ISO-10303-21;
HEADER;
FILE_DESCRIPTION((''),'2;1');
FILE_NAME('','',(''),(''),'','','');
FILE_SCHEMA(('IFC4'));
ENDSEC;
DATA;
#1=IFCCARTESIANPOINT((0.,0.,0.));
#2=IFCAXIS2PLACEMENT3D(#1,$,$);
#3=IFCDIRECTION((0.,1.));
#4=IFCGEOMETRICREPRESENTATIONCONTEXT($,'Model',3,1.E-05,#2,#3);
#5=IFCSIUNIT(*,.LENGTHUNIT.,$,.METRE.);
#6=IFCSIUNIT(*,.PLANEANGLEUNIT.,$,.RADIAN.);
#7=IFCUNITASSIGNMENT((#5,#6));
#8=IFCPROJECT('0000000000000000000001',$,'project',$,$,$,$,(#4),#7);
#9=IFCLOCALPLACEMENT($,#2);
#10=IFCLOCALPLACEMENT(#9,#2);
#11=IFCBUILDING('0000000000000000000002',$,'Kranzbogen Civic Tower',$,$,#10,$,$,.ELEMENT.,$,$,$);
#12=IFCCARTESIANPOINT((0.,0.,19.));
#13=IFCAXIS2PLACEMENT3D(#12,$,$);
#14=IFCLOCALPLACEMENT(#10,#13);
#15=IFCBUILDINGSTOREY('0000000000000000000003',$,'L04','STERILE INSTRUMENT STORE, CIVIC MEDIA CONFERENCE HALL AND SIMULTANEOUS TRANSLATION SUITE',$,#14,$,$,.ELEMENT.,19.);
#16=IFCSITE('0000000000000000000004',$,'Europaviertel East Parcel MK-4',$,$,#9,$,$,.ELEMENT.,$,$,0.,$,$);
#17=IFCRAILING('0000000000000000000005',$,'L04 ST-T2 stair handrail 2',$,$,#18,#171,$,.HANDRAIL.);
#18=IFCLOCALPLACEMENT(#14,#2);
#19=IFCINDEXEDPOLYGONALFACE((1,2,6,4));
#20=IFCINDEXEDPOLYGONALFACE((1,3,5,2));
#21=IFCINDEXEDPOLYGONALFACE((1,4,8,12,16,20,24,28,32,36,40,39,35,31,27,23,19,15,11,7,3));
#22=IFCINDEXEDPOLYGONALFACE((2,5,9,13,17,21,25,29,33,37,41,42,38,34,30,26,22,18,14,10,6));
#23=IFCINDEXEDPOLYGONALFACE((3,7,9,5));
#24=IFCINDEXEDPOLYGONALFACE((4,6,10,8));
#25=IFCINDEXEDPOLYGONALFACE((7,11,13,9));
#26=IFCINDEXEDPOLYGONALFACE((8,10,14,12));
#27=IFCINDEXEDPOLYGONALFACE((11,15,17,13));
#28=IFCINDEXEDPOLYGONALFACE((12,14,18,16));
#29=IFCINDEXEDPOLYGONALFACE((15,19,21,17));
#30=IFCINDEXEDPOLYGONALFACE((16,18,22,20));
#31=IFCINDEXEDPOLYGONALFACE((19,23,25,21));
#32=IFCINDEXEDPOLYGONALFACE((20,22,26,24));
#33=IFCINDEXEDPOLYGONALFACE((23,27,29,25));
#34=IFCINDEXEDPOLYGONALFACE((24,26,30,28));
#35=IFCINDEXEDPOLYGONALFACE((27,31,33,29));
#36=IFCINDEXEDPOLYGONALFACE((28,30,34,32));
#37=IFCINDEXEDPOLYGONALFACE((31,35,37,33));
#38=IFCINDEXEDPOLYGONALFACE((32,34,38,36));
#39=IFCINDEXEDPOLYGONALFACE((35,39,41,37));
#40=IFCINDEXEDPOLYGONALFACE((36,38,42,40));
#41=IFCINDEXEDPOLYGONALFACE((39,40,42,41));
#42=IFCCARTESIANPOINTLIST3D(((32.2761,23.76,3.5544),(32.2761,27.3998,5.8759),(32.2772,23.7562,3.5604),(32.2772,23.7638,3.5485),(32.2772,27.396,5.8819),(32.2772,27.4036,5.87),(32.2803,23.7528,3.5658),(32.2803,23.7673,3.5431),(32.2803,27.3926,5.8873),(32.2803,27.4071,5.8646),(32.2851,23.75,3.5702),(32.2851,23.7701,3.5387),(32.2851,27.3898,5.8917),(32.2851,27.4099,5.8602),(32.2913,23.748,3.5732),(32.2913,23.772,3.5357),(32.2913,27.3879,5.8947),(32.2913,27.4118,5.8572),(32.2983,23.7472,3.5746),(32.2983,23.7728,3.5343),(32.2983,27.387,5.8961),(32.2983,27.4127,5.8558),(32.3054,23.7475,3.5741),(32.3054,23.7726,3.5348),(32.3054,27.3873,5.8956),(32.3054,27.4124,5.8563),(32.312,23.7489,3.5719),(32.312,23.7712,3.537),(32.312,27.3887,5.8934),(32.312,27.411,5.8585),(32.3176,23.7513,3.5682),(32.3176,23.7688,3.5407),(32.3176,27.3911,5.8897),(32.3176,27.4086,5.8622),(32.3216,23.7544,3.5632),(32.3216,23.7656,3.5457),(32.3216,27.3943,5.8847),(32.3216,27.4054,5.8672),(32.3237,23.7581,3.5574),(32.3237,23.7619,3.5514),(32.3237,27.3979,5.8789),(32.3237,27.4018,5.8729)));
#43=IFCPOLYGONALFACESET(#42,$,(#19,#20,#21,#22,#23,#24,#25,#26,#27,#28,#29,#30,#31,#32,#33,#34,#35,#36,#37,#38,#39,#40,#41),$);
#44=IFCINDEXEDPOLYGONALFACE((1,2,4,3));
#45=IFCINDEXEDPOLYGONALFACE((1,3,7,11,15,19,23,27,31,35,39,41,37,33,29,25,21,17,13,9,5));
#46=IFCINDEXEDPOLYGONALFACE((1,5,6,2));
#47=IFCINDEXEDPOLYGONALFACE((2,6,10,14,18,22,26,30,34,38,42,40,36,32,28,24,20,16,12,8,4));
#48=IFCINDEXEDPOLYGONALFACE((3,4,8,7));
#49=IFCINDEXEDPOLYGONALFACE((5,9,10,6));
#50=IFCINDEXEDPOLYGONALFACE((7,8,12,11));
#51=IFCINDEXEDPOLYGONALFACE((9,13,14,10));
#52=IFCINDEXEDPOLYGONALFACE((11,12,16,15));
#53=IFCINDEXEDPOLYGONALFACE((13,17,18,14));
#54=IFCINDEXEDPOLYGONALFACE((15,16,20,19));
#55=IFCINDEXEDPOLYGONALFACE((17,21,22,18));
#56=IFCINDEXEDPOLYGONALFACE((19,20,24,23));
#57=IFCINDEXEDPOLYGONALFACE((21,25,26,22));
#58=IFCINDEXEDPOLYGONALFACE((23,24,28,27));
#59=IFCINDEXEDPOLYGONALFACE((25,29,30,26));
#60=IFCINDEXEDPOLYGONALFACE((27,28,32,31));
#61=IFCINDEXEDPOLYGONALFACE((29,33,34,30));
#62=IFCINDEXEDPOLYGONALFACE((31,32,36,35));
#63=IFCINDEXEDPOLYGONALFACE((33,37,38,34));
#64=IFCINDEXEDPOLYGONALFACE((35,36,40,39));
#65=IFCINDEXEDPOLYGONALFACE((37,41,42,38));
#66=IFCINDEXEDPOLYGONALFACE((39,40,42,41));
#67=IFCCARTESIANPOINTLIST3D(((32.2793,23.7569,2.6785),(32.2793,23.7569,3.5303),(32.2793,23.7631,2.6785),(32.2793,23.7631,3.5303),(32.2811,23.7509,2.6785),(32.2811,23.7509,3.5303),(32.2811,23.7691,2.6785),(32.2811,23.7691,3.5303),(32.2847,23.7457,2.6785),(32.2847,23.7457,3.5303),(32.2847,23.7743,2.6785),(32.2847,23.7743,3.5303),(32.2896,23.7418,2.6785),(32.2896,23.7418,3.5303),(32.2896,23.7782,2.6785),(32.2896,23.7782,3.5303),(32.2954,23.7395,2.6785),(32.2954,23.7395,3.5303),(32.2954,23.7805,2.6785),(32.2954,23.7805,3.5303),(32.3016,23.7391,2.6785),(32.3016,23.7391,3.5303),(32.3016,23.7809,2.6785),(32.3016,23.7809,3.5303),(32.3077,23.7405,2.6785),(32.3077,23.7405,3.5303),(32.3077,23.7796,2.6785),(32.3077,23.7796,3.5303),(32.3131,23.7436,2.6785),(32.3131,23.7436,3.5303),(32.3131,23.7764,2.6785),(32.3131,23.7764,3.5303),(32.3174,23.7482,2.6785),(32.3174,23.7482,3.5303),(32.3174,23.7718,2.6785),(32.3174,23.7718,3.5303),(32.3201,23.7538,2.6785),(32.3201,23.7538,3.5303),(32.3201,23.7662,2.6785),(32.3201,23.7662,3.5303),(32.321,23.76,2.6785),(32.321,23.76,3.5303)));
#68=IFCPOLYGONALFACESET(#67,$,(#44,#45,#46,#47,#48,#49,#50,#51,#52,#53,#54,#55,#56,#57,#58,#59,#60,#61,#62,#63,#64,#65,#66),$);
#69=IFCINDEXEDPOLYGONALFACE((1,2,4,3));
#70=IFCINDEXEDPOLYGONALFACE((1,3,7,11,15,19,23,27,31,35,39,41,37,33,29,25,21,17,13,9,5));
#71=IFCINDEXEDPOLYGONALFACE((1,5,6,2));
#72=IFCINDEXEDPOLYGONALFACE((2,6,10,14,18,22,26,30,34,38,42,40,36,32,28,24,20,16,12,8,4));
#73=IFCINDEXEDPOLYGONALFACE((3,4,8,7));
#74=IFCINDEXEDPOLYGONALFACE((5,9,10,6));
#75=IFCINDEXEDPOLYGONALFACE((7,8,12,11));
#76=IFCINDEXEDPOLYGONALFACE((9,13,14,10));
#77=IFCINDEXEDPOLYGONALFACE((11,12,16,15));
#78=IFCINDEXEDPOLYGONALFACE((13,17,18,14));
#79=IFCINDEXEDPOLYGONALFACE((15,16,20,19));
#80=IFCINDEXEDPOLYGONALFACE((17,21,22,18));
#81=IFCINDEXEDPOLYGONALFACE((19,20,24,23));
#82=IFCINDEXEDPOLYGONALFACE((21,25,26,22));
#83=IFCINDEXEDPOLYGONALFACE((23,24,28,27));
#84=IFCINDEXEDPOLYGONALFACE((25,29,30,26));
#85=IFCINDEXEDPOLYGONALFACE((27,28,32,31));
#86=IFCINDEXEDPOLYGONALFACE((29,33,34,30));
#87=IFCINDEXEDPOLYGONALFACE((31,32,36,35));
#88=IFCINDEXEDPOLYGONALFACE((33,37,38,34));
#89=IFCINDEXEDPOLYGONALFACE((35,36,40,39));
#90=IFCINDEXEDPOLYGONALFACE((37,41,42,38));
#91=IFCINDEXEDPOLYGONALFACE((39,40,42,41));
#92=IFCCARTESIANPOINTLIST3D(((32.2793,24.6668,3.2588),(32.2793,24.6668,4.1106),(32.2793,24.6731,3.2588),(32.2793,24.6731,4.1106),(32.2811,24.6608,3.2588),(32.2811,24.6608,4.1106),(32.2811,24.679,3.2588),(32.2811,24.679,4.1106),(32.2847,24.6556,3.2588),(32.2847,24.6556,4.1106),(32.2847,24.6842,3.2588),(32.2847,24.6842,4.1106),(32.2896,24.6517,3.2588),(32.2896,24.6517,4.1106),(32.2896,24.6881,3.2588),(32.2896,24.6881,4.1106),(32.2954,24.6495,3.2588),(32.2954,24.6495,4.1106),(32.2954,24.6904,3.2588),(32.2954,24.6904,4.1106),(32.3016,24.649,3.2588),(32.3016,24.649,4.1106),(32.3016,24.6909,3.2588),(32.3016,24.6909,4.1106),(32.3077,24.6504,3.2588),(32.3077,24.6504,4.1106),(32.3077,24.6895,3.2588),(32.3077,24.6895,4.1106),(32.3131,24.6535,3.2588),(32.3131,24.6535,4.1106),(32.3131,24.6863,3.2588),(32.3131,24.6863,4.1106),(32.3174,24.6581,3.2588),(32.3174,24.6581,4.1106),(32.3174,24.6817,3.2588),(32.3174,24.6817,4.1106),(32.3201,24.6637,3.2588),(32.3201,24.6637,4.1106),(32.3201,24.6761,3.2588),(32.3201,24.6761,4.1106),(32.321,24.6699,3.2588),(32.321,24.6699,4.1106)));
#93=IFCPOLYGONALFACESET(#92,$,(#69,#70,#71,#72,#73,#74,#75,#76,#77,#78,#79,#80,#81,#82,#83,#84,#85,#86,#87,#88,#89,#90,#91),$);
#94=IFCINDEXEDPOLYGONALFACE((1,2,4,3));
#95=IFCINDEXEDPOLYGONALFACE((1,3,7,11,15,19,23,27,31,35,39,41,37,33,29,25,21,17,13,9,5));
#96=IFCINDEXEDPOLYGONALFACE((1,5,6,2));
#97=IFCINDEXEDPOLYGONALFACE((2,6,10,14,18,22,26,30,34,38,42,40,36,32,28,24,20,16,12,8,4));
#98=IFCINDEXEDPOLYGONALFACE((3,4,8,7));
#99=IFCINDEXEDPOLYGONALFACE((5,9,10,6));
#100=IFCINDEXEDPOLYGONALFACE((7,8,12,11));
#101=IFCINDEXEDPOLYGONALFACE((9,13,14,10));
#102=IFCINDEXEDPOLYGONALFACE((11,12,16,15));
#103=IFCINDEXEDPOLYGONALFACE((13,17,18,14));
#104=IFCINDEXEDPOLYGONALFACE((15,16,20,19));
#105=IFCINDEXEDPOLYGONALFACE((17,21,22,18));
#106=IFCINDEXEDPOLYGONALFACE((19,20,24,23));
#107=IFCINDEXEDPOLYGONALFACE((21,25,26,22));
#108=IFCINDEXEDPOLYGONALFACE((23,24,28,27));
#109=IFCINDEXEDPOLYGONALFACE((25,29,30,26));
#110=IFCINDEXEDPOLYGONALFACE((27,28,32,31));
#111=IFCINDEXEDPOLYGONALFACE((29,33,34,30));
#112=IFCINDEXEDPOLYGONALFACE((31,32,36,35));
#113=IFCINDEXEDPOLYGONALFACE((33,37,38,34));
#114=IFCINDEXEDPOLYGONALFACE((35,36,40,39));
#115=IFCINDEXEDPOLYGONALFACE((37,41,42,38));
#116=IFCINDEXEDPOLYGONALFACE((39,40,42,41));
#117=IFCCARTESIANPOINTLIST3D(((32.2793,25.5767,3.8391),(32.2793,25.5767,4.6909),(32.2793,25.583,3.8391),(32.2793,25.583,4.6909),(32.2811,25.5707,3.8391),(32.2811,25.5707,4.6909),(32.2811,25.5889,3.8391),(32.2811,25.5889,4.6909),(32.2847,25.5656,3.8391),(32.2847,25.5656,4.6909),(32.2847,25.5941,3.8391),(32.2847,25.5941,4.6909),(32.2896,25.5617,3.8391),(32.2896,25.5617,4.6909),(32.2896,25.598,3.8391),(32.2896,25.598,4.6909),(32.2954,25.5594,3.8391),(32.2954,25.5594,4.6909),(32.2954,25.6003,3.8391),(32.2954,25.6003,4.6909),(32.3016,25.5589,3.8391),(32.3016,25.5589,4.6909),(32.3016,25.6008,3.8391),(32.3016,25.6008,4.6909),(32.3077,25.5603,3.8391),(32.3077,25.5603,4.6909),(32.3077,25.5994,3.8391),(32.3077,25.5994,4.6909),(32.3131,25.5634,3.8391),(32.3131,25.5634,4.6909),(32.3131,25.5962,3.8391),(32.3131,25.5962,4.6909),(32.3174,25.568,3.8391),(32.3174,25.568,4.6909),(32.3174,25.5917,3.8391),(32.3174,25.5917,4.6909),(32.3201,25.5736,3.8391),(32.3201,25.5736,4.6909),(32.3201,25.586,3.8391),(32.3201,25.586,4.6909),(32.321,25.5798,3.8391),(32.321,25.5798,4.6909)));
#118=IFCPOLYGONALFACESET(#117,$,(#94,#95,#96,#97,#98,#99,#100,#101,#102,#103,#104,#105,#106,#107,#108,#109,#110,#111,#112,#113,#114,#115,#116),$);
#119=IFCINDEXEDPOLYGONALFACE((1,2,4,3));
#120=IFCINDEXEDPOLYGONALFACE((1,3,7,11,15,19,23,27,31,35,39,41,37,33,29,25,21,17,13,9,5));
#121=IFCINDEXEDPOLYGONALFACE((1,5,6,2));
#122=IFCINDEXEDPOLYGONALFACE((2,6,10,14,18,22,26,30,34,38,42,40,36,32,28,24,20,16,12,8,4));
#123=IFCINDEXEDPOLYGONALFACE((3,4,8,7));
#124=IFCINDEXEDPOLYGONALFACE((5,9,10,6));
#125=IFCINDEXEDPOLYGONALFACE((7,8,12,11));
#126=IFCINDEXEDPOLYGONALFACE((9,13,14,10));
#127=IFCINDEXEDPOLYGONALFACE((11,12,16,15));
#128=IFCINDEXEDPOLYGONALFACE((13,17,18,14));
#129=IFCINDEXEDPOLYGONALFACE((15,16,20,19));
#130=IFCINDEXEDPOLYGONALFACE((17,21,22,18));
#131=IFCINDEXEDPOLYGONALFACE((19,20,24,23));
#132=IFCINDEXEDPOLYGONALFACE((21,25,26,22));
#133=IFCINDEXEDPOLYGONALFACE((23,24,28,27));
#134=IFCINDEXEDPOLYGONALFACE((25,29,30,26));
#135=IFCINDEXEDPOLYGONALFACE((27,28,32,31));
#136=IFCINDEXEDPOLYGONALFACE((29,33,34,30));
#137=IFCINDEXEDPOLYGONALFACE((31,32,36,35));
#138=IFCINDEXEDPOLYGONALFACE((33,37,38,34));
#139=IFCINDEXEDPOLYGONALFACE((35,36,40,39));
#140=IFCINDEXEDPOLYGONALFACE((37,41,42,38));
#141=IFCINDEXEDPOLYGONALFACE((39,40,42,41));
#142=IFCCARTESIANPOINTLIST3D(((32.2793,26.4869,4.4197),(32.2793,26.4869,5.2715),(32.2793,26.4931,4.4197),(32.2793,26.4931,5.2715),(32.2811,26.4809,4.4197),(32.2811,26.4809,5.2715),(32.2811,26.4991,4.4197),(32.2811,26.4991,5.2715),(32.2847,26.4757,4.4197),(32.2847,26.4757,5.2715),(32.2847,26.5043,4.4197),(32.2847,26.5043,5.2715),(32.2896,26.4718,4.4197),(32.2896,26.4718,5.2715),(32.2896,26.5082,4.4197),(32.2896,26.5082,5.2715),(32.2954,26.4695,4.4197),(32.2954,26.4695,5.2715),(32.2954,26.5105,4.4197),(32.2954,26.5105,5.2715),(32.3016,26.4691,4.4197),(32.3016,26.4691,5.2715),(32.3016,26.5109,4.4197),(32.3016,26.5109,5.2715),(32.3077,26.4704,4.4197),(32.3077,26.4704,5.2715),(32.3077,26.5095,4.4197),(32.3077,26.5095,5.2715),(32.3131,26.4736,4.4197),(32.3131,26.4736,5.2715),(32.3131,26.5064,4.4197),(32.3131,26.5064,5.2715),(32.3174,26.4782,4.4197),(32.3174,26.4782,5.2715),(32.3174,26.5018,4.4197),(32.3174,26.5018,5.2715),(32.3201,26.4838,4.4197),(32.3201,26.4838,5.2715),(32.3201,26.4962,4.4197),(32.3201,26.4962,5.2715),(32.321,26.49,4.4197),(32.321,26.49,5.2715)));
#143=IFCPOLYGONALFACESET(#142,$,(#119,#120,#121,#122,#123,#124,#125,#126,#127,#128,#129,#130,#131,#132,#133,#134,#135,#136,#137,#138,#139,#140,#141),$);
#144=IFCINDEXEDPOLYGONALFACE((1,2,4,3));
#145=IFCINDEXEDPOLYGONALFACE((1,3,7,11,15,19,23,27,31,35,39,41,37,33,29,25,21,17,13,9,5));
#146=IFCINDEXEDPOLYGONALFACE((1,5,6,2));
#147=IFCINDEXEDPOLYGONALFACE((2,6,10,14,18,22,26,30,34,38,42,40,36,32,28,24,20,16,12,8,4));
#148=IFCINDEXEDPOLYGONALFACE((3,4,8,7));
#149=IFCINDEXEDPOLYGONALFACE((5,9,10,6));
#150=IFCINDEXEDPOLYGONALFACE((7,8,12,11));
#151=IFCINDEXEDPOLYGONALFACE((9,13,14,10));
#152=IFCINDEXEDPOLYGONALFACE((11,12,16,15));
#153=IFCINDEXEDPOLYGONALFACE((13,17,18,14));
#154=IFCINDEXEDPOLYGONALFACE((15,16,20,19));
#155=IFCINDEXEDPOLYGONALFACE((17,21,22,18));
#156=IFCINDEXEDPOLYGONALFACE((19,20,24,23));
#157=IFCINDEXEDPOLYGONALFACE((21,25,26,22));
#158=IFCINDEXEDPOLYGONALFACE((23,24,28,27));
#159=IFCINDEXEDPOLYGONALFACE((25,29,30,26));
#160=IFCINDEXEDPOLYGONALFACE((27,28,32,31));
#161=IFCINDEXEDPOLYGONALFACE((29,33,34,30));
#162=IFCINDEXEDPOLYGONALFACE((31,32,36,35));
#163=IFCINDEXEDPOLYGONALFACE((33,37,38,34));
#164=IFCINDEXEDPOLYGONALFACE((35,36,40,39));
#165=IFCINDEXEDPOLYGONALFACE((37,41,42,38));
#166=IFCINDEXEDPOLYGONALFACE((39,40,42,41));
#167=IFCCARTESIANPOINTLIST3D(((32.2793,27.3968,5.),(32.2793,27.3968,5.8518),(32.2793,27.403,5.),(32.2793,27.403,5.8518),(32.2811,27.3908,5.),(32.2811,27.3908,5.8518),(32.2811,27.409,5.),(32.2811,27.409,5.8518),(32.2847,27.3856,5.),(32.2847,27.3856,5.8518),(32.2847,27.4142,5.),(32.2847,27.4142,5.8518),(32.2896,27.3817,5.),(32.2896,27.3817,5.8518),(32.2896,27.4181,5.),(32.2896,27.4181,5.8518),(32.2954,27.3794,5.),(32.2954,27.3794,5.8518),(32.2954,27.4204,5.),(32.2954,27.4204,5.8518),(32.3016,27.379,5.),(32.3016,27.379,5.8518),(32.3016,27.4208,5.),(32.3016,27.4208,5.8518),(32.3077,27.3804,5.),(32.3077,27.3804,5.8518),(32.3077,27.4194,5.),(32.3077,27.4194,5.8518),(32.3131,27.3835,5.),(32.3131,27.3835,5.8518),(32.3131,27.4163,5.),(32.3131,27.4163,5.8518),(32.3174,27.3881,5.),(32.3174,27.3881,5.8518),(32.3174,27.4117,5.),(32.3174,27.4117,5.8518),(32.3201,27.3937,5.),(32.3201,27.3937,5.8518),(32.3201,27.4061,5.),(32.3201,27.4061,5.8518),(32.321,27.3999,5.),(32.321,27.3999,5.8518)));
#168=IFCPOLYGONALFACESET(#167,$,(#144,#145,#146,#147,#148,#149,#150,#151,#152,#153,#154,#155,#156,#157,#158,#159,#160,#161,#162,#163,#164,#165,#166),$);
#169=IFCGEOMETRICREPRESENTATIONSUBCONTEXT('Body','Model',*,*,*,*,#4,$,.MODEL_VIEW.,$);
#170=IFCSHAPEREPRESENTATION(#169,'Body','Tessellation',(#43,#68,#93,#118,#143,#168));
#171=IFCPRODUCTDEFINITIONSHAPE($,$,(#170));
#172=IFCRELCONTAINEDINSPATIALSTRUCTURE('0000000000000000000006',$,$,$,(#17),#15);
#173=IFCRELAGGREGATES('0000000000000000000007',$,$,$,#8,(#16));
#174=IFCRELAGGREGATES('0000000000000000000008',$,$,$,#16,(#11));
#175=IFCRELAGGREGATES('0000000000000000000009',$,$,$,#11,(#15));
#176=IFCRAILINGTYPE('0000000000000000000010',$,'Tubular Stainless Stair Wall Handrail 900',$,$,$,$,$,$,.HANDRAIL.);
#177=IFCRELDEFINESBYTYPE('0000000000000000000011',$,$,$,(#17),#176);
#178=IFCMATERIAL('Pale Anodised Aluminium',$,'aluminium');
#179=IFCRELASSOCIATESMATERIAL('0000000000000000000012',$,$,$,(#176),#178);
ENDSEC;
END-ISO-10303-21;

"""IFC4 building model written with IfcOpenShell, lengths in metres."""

from ifc_helpers import new_model, si_unit, direction, frame, origin, origin_2d, place, context, subcontext, project, spatial, circle, extrude, material, type_object, element, save


model = new_model("IFC4")

# Units and contexts
model_context = context("Model", 3, precision=1e-05, world=origin(), true_north=direction((0.0, 1.0)))
body_context = subcontext(model_context, "Body", "Model", "MODEL_VIEW")
ifc_project = project(units=[si_unit("LENGTHUNIT", "METRE"), si_unit("PLANEANGLEUNIT", "RADIAN")], contexts=[model_context])

# Site, building, storey
site_placement = place(None, origin())
site = spatial("IfcSite", under=ifc_project, at=site_placement, Name="Europaviertel East Parcel MK-4", CompositionType="ELEMENT", RefElevation=0.0)
building_placement = place(site_placement, origin())
building = spatial("IfcBuilding", under=site, at=building_placement, Name="Kranzbogen Civic Tower", CompositionType="ELEMENT")
storey_placement = place(building_placement, frame((0.0, 0.0, 19.0)))
storey = spatial("IfcBuildingStorey", under=building, at=storey_placement, Name="L04", Description="STERILE INSTRUMENT STORE, CIVIC MEDIA CONFERENCE HALL AND SIMULTANEOUS TRANSLATION SUITE", CompositionType="ELEMENT", Elevation=19.0)

# Shared definitions
ifc_material_1 = material(Name="Pale Anodised Aluminium", Category="aluminium")

# Railing
railing_type_1 = type_object("IfcRailingType", Name="Tubular Stainless Stair Wall Handrail 900", PredefinedType="HANDRAIL", material=ifc_material_1)
railing_1_placement = place(storey_placement, frame((32.3, 23.76, 2.6785)))
element("IfcRailing", 1, at=railing_1_placement, inside=storey, type_object=railing_type_1, Name="L04 ST-T2 stair handrail 2", PredefinedType="HANDRAIL", context=body_context, shape_type="SweptSolid", body=[
    extrude(circle(Radius=0.0239, at=origin_2d()), frame((0.0, 0.0, 0.876), z_axis=(0.0, 0.843112, 0.537739), x_axis=(-1.0, 0.0, 0.0)), (0.0, 0.0, 1.0), 4.3171),
    extrude(circle(Radius=0.021, at=origin_2d()), origin(), (0.0, 0.0, 1.0), 0.8518),
    extrude(circle(Radius=0.021, at=origin_2d()), frame((0.0, 0.9099, 0.5803)), (0.0, 0.0, 1.0), 0.8518),
    extrude(circle(Radius=0.021, at=origin_2d()), frame((0.0, 1.8198, 1.1606)), (0.0, 0.0, 1.0), 0.8518),
    extrude(circle(Radius=0.021, at=origin_2d()), frame((0.0, 2.73, 1.7412)), (0.0, 0.0, 1.0), 0.8518),
    extrude(circle(Radius=0.021, at=origin_2d()), frame((0.0, 3.6399, 2.3215)), (0.0, 0.0, 1.0), 0.8518),
])

save(model, "model.ifc")
